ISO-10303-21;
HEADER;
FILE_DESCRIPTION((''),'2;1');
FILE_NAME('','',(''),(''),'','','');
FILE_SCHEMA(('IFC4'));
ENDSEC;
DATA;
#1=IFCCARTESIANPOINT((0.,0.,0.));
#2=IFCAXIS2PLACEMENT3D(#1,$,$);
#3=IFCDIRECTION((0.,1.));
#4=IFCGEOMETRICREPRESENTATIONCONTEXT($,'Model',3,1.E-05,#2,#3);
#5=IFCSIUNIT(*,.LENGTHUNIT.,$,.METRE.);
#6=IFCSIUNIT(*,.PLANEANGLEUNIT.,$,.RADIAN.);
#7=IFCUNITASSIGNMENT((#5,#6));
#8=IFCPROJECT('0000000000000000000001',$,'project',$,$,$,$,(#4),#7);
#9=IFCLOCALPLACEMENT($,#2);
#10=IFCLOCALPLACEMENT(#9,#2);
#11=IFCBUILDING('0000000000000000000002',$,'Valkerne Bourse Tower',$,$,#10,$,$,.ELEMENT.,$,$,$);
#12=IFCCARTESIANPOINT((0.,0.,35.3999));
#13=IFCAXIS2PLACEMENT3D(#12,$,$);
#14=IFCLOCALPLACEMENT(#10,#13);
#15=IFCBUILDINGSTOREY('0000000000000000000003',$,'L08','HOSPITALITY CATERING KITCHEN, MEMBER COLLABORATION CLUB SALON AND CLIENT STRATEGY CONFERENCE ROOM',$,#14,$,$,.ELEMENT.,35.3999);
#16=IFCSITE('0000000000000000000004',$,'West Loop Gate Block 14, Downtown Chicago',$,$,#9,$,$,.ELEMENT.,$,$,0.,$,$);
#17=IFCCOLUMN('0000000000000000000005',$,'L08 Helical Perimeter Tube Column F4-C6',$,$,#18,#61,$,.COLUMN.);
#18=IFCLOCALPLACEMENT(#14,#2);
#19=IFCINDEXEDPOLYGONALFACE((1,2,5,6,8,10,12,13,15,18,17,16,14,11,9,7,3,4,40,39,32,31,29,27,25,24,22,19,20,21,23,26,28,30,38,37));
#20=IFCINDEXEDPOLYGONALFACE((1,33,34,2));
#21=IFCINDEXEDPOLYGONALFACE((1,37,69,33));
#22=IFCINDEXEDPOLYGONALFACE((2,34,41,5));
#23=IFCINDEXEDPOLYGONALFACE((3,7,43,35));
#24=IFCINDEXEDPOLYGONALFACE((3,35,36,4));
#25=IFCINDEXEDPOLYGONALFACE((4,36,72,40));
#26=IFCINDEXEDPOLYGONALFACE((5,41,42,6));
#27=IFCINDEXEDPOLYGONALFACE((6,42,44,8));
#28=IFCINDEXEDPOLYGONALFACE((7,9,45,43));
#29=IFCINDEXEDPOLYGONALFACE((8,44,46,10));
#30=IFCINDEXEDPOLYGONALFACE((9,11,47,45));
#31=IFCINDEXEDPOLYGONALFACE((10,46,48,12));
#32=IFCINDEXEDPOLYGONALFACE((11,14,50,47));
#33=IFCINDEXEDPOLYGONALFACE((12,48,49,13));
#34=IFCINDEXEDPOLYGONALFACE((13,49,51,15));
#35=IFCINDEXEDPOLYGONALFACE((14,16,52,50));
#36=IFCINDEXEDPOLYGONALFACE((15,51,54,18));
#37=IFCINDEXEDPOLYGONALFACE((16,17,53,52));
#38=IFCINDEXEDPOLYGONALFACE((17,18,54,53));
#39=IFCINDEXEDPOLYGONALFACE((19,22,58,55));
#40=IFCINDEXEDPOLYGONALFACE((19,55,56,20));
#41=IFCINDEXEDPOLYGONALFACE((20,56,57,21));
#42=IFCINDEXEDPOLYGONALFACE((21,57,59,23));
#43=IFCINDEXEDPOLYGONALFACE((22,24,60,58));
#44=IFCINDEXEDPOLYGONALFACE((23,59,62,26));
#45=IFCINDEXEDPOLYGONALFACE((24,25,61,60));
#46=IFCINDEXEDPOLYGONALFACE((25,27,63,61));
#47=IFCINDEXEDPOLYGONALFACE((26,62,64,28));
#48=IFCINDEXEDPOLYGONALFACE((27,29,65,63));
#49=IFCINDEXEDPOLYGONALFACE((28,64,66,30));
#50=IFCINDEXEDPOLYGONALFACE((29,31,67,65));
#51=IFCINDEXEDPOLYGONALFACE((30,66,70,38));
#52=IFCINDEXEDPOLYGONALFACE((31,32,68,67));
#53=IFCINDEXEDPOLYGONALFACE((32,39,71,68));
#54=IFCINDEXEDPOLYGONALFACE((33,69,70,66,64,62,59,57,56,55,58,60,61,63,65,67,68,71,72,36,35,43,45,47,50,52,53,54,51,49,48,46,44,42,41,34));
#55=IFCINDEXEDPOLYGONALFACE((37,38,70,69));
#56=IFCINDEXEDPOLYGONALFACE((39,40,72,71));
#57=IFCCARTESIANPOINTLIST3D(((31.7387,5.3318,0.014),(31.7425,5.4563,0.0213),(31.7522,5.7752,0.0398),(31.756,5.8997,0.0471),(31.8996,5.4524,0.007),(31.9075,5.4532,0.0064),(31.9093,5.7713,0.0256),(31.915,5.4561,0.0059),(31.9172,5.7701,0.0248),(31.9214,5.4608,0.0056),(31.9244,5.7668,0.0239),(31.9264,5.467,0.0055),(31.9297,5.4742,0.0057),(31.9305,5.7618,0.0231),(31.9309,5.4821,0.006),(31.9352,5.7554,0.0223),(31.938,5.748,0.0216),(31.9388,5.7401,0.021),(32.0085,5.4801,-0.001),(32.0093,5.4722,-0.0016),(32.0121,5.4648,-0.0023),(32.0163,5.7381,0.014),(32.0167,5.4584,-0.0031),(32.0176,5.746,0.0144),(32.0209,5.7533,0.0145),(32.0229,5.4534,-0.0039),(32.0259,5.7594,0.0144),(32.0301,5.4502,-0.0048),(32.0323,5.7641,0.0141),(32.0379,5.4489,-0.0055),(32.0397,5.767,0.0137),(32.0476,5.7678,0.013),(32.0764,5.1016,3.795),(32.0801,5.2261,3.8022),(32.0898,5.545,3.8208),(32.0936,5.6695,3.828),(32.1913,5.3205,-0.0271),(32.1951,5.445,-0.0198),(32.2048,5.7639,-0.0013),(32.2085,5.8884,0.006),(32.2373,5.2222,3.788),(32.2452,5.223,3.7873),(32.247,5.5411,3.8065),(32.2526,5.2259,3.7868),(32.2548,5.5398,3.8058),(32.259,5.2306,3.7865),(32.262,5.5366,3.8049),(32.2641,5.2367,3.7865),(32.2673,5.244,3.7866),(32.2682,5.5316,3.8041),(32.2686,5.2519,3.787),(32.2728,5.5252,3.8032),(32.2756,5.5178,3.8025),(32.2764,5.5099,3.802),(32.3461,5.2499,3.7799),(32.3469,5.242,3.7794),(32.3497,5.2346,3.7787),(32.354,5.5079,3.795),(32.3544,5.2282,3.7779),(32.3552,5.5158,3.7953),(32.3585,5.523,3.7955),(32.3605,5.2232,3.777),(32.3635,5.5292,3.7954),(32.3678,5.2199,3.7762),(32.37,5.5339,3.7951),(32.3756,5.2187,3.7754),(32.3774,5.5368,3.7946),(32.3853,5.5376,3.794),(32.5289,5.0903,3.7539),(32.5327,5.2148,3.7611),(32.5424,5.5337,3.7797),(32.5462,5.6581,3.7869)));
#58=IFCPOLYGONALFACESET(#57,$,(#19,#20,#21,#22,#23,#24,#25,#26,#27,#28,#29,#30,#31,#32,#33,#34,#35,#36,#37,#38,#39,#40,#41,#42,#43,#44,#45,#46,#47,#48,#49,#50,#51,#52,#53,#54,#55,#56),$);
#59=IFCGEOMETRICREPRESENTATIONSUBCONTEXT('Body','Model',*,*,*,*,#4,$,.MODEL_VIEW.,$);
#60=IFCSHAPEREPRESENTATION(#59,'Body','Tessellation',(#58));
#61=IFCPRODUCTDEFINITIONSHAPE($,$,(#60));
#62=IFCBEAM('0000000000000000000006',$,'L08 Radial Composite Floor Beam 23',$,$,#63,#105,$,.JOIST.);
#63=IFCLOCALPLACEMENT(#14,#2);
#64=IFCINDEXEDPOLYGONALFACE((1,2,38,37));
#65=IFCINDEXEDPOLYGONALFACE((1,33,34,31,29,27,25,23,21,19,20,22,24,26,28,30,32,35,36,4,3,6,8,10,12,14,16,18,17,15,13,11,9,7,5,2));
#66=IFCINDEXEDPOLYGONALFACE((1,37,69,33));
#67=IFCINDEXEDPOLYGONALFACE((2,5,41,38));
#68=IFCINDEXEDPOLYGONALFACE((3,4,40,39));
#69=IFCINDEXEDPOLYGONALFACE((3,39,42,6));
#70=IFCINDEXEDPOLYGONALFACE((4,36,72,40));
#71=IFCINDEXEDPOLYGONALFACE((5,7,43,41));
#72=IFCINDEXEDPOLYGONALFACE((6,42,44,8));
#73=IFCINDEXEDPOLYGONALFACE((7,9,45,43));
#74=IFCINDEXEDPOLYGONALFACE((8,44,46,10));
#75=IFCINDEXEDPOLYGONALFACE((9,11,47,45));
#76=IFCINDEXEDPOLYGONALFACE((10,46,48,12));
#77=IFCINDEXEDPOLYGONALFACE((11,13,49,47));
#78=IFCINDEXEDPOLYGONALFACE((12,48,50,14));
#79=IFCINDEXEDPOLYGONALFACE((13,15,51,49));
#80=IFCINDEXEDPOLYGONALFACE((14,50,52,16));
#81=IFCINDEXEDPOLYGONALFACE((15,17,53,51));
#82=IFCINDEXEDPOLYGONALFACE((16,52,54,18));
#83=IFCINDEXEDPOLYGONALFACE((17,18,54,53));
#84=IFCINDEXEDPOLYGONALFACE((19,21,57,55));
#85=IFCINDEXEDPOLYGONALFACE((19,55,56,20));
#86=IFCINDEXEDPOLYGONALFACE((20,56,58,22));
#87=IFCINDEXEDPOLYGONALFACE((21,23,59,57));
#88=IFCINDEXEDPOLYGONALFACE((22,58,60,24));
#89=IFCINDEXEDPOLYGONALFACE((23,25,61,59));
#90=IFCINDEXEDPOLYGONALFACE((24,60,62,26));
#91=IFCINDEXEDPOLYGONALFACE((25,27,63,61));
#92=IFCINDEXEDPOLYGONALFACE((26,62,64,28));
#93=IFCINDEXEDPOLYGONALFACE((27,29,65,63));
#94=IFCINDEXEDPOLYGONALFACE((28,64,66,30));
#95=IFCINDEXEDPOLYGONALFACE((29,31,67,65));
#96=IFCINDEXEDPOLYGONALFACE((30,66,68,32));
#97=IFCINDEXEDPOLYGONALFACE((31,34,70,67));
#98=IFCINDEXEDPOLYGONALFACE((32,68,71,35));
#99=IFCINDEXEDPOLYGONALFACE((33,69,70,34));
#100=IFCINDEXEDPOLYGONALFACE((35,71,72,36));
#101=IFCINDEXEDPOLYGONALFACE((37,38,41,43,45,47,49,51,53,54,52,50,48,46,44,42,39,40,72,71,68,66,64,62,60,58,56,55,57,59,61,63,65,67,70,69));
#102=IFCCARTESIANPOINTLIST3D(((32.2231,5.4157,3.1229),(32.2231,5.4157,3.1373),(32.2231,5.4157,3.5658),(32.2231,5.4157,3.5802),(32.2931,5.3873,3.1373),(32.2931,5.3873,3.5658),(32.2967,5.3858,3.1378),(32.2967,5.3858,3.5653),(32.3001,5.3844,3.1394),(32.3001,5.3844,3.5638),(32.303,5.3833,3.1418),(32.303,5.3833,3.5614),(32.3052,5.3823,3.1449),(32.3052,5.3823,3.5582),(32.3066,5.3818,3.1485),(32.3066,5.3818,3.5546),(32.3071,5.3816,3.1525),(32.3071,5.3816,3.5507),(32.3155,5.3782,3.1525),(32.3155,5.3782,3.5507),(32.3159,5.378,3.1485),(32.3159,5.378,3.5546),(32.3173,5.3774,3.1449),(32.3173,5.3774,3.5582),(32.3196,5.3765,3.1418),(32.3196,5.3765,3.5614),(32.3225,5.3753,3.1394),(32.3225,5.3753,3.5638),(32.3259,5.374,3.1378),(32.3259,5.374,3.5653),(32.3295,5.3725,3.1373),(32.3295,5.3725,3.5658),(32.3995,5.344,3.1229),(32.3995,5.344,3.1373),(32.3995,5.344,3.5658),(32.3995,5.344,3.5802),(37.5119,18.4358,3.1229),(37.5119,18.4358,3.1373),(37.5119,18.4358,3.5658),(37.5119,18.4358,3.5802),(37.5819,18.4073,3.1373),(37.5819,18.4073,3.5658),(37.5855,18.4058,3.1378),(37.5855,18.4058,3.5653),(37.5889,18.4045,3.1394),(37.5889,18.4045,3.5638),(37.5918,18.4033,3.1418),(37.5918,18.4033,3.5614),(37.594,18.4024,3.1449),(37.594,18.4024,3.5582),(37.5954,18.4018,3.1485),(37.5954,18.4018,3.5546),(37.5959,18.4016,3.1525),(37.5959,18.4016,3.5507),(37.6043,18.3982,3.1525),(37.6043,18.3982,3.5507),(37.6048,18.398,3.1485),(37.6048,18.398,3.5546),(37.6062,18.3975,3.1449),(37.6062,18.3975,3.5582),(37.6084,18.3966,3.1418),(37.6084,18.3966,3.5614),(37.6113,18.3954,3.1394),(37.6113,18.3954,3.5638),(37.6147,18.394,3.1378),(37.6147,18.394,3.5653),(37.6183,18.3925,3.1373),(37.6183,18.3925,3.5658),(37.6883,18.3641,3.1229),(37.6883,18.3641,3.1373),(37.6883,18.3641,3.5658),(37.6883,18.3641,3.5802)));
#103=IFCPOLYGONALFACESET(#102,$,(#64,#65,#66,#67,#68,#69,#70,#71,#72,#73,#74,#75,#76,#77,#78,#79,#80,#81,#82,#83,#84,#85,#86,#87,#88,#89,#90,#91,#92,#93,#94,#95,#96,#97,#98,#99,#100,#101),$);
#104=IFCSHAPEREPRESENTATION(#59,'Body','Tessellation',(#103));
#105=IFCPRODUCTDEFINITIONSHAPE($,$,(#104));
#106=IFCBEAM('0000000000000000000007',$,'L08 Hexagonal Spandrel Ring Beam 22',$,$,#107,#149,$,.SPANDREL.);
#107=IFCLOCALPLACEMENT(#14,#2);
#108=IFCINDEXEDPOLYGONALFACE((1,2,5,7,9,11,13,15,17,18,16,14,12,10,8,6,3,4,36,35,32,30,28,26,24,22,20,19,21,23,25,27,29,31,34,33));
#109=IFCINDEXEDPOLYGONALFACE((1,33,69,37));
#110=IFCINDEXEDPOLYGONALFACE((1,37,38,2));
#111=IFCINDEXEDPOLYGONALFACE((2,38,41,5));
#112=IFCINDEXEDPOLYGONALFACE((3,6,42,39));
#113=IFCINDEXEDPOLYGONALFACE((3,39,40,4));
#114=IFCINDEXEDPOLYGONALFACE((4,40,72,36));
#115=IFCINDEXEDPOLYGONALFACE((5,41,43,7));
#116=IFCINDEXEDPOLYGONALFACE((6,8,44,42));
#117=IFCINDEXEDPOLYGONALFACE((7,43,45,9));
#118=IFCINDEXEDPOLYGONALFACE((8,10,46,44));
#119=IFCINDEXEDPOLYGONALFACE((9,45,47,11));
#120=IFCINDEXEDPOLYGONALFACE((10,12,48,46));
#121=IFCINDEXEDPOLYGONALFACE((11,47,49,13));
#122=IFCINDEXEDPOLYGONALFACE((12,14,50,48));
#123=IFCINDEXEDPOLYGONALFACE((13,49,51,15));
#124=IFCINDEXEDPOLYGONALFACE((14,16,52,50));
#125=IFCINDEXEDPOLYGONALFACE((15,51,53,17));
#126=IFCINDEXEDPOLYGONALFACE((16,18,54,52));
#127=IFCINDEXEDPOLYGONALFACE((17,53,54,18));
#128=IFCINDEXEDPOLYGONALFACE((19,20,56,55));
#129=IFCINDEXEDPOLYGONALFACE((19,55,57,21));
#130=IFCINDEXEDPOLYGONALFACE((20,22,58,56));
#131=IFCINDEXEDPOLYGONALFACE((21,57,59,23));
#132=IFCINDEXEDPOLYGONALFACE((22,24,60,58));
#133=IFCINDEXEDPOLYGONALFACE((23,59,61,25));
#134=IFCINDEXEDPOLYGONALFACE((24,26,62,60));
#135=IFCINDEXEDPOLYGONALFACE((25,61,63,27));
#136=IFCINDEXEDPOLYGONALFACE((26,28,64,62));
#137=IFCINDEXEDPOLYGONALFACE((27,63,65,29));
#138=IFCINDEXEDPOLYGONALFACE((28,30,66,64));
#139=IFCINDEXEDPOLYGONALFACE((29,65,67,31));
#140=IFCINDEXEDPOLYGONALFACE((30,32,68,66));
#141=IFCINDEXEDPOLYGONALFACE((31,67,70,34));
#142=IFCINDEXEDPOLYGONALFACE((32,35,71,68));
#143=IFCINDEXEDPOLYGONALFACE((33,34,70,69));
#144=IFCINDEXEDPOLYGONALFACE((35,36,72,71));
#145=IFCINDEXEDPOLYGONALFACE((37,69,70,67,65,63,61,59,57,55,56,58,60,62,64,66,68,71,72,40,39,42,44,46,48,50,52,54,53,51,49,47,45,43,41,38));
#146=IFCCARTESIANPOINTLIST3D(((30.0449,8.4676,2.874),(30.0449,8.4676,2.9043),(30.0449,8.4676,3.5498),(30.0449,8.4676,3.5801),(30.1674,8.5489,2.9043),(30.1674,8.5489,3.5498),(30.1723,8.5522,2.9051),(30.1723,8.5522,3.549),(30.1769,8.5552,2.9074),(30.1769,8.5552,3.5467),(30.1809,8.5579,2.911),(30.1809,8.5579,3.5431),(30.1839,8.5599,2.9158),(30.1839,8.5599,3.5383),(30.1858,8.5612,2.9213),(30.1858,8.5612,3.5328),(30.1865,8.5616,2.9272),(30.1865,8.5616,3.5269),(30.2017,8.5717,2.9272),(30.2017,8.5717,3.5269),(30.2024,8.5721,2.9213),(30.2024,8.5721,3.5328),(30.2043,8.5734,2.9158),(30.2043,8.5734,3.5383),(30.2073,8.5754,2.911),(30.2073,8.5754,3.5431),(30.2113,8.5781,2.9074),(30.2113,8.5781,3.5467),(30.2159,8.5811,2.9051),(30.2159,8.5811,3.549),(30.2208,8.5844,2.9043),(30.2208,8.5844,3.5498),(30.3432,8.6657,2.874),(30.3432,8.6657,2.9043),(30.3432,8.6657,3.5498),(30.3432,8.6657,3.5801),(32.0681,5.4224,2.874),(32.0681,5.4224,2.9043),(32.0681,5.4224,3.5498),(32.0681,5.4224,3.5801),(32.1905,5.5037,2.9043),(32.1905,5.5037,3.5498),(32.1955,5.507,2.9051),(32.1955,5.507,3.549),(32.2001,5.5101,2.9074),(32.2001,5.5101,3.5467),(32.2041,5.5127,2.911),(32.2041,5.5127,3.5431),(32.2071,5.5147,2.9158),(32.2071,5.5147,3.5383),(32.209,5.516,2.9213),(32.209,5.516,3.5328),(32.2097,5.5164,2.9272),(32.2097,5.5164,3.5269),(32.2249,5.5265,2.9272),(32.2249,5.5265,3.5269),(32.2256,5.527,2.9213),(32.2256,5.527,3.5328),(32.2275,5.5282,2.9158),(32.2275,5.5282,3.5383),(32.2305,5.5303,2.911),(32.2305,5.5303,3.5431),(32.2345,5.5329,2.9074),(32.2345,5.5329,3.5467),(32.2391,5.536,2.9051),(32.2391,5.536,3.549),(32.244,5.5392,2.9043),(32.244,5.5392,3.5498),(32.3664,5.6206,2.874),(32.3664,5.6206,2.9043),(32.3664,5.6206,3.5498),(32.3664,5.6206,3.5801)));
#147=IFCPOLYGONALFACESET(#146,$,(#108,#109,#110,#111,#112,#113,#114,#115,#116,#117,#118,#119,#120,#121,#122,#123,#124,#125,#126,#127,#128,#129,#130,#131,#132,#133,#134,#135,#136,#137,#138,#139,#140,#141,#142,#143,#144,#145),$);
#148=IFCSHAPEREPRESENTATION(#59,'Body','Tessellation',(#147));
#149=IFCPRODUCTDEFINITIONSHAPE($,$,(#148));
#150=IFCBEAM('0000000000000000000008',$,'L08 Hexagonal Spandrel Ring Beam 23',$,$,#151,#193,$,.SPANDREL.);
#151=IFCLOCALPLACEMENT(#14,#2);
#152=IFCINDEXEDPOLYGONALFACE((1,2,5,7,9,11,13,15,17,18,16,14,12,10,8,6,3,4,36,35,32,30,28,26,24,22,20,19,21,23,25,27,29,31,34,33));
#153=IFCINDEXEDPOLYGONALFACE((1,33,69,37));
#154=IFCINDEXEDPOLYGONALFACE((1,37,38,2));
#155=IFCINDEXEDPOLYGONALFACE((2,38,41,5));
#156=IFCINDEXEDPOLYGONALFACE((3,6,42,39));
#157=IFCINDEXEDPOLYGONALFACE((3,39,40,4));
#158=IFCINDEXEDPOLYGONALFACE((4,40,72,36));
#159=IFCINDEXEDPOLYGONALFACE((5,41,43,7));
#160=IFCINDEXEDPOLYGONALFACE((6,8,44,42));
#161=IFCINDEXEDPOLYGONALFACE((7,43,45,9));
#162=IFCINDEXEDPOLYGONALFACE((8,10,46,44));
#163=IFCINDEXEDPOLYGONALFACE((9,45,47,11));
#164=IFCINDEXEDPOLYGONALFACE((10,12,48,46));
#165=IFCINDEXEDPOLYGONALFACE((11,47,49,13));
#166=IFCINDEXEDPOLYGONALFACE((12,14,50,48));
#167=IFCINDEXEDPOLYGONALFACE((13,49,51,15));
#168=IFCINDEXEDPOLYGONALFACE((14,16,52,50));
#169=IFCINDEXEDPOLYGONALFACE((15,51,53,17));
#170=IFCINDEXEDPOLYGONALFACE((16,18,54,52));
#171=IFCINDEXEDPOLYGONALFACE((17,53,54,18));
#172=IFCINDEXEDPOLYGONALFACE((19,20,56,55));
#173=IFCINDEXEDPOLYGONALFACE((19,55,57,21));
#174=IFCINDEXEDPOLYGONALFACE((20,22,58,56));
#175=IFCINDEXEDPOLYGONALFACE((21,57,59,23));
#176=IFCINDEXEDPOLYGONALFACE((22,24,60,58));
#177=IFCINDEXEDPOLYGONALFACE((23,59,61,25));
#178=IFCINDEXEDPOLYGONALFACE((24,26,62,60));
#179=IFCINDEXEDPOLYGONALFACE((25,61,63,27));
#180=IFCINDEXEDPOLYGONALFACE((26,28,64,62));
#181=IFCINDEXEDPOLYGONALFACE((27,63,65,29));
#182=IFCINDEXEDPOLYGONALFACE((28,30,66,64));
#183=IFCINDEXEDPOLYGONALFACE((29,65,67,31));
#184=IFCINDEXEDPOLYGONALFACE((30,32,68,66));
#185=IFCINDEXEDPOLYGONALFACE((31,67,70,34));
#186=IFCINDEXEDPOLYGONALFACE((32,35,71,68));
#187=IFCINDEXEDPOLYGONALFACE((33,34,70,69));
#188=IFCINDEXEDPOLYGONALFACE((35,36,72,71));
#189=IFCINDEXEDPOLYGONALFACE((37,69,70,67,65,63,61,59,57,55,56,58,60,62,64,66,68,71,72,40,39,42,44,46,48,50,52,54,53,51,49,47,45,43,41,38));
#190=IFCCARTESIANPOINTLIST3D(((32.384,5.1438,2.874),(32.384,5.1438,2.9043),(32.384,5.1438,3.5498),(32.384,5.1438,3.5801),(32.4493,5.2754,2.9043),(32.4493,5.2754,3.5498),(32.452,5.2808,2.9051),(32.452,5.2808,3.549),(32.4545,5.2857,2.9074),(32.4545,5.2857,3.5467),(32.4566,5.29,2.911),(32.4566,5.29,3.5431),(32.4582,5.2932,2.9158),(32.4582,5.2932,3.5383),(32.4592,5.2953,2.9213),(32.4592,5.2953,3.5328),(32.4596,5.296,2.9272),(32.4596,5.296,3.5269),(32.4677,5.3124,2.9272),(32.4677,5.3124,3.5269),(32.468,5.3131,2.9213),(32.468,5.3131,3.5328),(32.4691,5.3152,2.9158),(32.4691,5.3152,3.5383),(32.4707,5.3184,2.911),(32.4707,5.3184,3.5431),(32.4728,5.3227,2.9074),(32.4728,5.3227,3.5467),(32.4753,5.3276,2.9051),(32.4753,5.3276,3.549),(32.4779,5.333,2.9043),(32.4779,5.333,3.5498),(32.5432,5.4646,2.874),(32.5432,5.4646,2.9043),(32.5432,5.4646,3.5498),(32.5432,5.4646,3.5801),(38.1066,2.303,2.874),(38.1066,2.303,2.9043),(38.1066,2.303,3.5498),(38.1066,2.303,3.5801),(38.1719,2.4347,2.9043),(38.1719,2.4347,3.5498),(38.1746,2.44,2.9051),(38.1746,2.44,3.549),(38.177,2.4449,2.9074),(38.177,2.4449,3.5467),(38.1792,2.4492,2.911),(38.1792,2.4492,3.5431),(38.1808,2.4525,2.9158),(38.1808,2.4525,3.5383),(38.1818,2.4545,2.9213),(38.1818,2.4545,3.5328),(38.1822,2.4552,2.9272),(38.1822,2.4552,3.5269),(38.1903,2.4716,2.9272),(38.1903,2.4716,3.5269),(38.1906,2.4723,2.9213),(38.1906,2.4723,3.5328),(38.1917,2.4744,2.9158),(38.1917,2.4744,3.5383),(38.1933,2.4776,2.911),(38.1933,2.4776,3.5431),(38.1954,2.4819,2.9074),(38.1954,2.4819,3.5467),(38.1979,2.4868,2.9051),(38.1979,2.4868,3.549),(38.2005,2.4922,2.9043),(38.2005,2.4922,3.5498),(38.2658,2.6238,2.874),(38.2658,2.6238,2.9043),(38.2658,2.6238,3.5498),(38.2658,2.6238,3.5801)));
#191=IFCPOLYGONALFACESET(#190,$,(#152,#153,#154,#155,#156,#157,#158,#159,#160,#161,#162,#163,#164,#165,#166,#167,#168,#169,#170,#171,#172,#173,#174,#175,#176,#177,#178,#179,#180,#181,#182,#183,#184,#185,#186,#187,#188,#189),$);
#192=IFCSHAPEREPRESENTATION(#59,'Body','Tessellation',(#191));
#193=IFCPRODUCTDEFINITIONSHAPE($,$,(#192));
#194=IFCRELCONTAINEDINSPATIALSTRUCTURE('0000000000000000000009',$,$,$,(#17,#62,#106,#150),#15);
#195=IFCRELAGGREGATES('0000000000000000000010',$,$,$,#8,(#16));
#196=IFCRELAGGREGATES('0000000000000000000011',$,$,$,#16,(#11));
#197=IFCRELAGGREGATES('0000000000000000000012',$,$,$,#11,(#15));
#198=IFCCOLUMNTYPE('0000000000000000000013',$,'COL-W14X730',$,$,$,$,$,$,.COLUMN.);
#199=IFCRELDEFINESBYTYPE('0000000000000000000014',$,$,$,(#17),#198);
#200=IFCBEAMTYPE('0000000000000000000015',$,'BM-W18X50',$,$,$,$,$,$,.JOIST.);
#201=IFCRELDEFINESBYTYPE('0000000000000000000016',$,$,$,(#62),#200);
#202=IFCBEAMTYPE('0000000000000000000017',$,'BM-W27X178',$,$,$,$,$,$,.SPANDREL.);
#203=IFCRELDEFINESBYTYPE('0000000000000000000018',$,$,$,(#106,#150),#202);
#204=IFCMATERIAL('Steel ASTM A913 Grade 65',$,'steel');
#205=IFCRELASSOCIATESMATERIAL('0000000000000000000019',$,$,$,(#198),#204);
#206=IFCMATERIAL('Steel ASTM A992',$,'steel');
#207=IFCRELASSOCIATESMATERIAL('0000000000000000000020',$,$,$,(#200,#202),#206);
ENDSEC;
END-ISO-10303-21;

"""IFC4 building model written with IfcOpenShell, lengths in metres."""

from ifc_helpers import new_model, si_unit, direction, frame, origin, origin_2d, place, context, subcontext, project, spatial, i_section, extrude, material, material_profile, profile_set, type_object, element, save


model = new_model("IFC4")

# Units and contexts
model_context = context("Model", 3, precision=1e-05, world=origin(), true_north=direction((0.0, 1.0)))
body_context = subcontext(model_context, "Body", "Model", "MODEL_VIEW")
ifc_project = project(units=[si_unit("LENGTHUNIT", "METRE"), si_unit("PLANEANGLEUNIT", "RADIAN")], contexts=[model_context])

# Site, building, storey
site_placement = place(None, origin())
site = spatial("IfcSite", under=ifc_project, at=site_placement, Name="West Loop Gate Block 14, Downtown Chicago", CompositionType="ELEMENT", RefElevation=0.0)
building_placement = place(site_placement, origin())
building = spatial("IfcBuilding", under=site, at=building_placement, Name="Valkerne Bourse Tower", CompositionType="ELEMENT")
storey_placement = place(building_placement, frame((0.0, 0.0, 35.3999)))
storey = spatial("IfcBuildingStorey", under=building, at=storey_placement, Name="L08", Description="HOSPITALITY CATERING KITCHEN, MEMBER COLLABORATION CLUB SALON AND CLIENT STRATEGY CONFERENCE ROOM", CompositionType="ELEMENT", Elevation=35.3999)

# Column
ifc_material_1 = material(Name="Steel ASTM A913 Grade 65", Category="steel")
ifc_material_profile_1 = material_profile(ifc_material_1, i_section(OverallWidth=0.4546, OverallDepth=0.5691, WebThickness=0.0779, FlangeThickness=0.1248, FilletRadius=0.0305, at=origin_2d()), Name="W14X730")
ifc_profile_set_1 = profile_set([ifc_material_profile_1], Name="Steel ASTM A913 Grade 65")
column_type = type_object("IfcColumnType", Name="COL-W14X730", PredefinedType="COLUMN", material=ifc_profile_set_1)
column_placement = place(storey_placement, frame((31.9736, 5.6101, 0.01), z_axis=(0.088784, -0.060537, 0.99421), x_axis=(0.99559, -0.02497, -0.090427)))
element("IfcColumn", 1, at=column_placement, inside=storey, type_object=column_type, Name="L08 Helical Perimeter Tube Column F4-C6", PredefinedType="COLUMN", context=body_context, shape_type="SweptSolid", body=[
    extrude(i_section(OverallWidth=0.4546, OverallDepth=0.5691, WebThickness=0.0779, FlangeThickness=0.1248, FilletRadius=0.0305, at=origin_2d()), origin(), (0.0, 0.0, 1.0), 3.803),
])

# Beams
ifc_material_2 = material(Name="Steel ASTM A992", Category="steel")
ifc_material_profile_2 = material_profile(ifc_material_2, i_section(OverallWidth=0.1904, OverallDepth=0.4573, WebThickness=0.009, FlangeThickness=0.0144, FilletRadius=0.0151, at=origin_2d()), Name="W18X50")
ifc_profile_set_2 = profile_set([ifc_material_profile_2], Name="Steel ASTM A992")
beam_type_1 = type_object("IfcBeamType", Name="BM-W18X50", PredefinedType="JOIST", material=ifc_profile_set_2)
beam_1_placement = place(storey_placement, frame((32.3113, 5.3799, 3.3516), z_axis=(0.376343, 0.926481, 0.0), x_axis=(-0.926481, 0.376343, 0.0)))
element("IfcBeam", 2, at=beam_1_placement, inside=storey, type_object=beam_type_1, Name="L08 Radial Composite Floor Beam 23", PredefinedType="JOIST", context=body_context, shape_type="SweptSolid", body=[
    extrude(i_section(OverallWidth=0.1904, OverallDepth=0.4573, WebThickness=0.009, FlangeThickness=0.0144, FilletRadius=0.0151, at=origin_2d()), origin(), (0.0, 0.0, 1.0), 14.0532),
])
ifc_material_profile_3 = material_profile(ifc_material_2, i_section(OverallWidth=0.3582, OverallDepth=0.7061, WebThickness=0.0183, FlangeThickness=0.0303, FilletRadius=0.0229, at=origin_2d()), Name="W27X178")
ifc_profile_set_3 = profile_set([ifc_material_profile_3], Name="Steel ASTM A992")
beam_type_2 = type_object("IfcBeamType", Name="BM-W27X178", PredefinedType="SPANDREL", material=ifc_profile_set_3)
beam_2_placement = place(storey_placement, frame((30.1941, 8.5667, 3.2271), z_axis=(0.55339, -0.832923, 0.0), x_axis=(0.832923, 0.55339, 0.0)))
element("IfcBeam", 3, at=beam_2_placement, inside=storey, type_object=beam_type_2, Name="L08 Hexagonal Spandrel Ring Beam 22", PredefinedType="SPANDREL", context=body_context, shape_type="SweptSolid", body=[
    extrude(i_section(OverallWidth=0.3582, OverallDepth=0.7061, WebThickness=0.0183, FlangeThickness=0.0303, FilletRadius=0.0229, at=origin_2d()), origin(), (0.0, 0.0, 1.0), 3.656),
])
beam_3_placement = place(storey_placement, frame((32.4636, 5.3042, 3.2271), z_axis=(0.895707, -0.444644, 0.0), x_axis=(0.444644, 0.895707, 0.0)))
element("IfcBeam", 4, at=beam_3_placement, inside=storey, type_object=beam_type_2, Name="L08 Hexagonal Spandrel Ring Beam 23", PredefinedType="SPANDREL", context=body_context, shape_type="SweptSolid", body=[
    extrude(i_section(OverallWidth=0.3582, OverallDepth=0.7061, WebThickness=0.0183, FlangeThickness=0.0303, FilletRadius=0.0229, at=origin_2d()), origin(), (0.0, 0.0, 1.0), 6.3889),
])

save(model, "model.ifc")
